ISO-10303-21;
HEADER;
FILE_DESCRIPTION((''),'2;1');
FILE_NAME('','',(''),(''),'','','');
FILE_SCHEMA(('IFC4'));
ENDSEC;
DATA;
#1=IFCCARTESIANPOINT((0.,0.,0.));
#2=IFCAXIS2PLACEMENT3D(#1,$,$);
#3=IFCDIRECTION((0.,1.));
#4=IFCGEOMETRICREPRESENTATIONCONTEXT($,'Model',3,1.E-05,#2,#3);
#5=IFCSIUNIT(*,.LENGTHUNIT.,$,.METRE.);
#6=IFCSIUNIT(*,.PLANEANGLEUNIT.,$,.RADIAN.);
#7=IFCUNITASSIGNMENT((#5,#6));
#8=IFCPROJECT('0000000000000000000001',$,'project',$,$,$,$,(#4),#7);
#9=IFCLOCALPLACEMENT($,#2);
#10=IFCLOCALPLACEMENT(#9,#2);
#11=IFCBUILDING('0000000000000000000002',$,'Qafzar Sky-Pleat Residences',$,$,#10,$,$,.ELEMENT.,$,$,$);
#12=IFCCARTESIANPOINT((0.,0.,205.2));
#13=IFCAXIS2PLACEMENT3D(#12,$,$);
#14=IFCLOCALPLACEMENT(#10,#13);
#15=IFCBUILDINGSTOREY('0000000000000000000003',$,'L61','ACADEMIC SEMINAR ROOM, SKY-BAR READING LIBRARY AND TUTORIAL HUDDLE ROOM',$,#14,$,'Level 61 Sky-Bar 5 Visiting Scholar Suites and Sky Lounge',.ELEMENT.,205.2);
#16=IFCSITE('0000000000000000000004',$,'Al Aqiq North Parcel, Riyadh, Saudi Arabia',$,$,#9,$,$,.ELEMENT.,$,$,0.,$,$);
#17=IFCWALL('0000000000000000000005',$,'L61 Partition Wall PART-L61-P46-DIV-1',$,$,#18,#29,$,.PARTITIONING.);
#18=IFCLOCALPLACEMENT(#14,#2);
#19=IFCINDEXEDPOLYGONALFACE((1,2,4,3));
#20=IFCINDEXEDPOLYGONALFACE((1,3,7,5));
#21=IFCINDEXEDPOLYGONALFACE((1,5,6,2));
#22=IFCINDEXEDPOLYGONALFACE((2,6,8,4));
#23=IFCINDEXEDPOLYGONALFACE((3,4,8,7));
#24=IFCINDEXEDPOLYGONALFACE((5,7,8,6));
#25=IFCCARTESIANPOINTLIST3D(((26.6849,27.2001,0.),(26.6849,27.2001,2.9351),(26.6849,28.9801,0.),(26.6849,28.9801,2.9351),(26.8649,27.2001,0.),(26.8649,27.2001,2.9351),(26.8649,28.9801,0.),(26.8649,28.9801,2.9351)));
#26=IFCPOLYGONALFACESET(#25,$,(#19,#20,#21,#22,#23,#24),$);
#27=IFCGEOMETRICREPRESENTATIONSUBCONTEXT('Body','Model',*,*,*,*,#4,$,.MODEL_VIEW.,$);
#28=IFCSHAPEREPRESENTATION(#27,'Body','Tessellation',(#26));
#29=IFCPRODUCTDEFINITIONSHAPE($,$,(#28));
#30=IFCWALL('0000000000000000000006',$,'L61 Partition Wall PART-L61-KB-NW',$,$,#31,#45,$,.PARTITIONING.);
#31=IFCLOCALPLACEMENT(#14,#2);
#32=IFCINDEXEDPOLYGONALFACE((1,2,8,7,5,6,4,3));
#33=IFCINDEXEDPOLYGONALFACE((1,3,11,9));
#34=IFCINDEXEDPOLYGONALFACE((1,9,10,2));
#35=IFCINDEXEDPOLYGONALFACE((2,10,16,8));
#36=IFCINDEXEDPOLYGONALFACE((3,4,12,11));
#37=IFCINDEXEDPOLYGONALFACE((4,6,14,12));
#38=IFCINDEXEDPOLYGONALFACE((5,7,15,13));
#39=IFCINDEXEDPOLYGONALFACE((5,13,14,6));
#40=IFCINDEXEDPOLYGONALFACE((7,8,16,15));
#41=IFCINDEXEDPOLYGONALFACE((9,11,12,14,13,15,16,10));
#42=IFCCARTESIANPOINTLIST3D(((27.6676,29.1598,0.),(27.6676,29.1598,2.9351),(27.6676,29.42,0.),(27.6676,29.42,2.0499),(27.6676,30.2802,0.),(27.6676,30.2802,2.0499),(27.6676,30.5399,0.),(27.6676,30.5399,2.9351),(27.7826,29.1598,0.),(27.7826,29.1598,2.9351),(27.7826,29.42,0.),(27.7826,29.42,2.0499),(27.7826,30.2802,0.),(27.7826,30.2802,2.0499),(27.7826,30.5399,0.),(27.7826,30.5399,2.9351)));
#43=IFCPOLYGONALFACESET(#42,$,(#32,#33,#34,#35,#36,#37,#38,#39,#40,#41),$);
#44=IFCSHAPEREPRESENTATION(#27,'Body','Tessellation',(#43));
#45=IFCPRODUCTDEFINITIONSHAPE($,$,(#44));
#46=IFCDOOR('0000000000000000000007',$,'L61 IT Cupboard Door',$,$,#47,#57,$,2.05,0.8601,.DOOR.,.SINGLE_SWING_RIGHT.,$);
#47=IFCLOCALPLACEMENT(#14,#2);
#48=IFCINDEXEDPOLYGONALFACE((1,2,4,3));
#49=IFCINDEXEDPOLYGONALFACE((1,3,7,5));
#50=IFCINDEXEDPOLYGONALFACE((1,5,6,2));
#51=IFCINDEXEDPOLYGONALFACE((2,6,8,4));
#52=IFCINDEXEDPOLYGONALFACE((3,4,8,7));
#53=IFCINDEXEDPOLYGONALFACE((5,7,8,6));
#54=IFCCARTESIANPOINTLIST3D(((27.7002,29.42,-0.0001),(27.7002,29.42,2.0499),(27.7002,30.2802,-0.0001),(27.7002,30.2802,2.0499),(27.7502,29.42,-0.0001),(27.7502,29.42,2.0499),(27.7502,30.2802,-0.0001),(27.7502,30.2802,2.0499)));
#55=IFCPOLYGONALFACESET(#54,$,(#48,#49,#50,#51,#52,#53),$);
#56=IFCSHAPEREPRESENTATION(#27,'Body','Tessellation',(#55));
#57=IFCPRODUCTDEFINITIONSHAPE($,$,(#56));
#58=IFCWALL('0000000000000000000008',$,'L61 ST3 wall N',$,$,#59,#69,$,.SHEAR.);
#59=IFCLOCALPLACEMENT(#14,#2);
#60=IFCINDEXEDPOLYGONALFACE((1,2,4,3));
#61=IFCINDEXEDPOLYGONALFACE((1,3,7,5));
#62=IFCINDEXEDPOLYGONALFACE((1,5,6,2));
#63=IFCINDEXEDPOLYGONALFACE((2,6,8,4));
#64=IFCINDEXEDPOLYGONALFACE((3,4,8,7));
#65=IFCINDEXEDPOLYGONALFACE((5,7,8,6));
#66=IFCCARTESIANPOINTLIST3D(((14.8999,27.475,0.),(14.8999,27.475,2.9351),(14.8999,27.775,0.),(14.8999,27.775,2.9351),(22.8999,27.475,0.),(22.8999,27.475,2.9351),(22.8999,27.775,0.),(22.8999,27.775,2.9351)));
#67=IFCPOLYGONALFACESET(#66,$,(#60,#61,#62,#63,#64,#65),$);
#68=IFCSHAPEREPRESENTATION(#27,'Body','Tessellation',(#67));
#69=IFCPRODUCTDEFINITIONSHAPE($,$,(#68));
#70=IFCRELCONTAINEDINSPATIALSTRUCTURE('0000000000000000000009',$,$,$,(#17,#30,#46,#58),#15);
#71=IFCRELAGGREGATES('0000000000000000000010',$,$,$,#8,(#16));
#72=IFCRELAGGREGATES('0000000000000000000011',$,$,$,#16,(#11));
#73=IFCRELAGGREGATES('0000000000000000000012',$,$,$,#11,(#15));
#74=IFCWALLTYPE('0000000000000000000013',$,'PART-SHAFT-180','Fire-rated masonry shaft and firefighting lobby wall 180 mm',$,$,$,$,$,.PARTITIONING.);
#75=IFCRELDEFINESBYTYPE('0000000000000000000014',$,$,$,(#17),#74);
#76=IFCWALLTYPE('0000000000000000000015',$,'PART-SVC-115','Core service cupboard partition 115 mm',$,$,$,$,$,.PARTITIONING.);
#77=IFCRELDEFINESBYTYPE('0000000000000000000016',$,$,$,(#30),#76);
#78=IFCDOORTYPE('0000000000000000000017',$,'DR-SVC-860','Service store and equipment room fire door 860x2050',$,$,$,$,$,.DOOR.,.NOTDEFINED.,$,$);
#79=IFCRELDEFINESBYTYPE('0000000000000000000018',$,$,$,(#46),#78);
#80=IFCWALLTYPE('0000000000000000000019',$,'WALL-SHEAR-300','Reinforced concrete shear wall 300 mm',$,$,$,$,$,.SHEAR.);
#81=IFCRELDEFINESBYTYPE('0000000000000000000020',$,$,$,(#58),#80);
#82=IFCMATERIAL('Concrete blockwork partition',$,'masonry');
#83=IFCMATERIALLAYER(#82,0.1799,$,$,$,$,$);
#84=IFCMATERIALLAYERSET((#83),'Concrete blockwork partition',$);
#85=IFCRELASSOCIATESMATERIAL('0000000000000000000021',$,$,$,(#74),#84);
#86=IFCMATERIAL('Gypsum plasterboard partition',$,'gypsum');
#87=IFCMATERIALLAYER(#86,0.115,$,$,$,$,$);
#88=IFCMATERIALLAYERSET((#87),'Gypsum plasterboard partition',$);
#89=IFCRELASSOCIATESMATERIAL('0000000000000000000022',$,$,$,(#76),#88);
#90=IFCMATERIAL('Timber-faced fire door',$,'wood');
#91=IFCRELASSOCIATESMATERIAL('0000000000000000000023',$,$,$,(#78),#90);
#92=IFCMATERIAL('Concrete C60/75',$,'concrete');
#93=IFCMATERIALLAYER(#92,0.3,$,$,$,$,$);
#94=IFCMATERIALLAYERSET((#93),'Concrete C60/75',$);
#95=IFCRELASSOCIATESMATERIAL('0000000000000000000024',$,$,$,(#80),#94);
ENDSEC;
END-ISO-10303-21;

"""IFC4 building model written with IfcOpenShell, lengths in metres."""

from ifc_helpers import new_model, si_unit, direction, frame, frame_2d, origin, place, context, subcontext, project, spatial, rectangle, extrude, source, transform, mapped, material, layer, layer_set, type_object, element, fill, save


model = new_model("IFC4")

# Units and contexts
model_context = context("Model", 3, precision=1e-05, world=origin(), true_north=direction((0.0, 1.0)))
body_context = subcontext(model_context, "Body", "Model", "MODEL_VIEW")
ifc_project = project(units=[si_unit("LENGTHUNIT", "METRE"), si_unit("PLANEANGLEUNIT", "RADIAN")], contexts=[model_context])

# Site, building, storey
site_placement = place(None, origin())
site = spatial("IfcSite", under=ifc_project, at=site_placement, Name="Al Aqiq North Parcel, Riyadh, Saudi Arabia", CompositionType="ELEMENT", RefElevation=0.0)
building_placement = place(site_placement, origin())
building = spatial("IfcBuilding", under=site, at=building_placement, Name="Qafzar Sky-Pleat Residences", CompositionType="ELEMENT")
storey_placement = place(building_placement, frame((0.0, 0.0, 205.2)))
storey = spatial("IfcBuildingStorey", under=building, at=storey_placement, Name="L61", Description="ACADEMIC SEMINAR ROOM, SKY-BAR READING LIBRARY AND TUTORIAL HUDDLE ROOM", LongName="Level 61 Sky-Bar 5 Visiting Scholar Suites and Sky Lounge", CompositionType="ELEMENT", Elevation=205.2)

# Shared definitions
ifc_material_1 = material(Name="Timber-faced fire door", Category="wood")

# Shared definitions
ifc_material_2 = material(Name="Concrete blockwork partition", Category="masonry")
ifc_layer_1 = layer(ifc_material_2, 0.1799)
ifc_layer_set_1 = layer_set([ifc_layer_1], Name="Concrete blockwork partition")
wall_type_1 = type_object("IfcWallType", Name="PART-SHAFT-180", Description="Fire-rated masonry shaft and firefighting lobby wall 180 mm", PredefinedType="PARTITIONING", material=ifc_layer_set_1)

# Wall
wall_1_placement = place(storey_placement, frame((26.7749, 27.2, 0.0), z_axis=(0.0, 0.0, 1.0), x_axis=(0.0, 1.0, 0.0)))
element("IfcWall", 1, at=wall_1_placement, inside=storey, type_object=wall_type_1, Name="L61 Partition Wall PART-L61-P46-DIV-1", PredefinedType="PARTITIONING", context=body_context, shape_type="SweptSolid", body=[
    extrude(rectangle(XDim=1.78, YDim=0.1799, at=frame_2d((0.8901, 0.0))), origin(), (0.0, 0.0, 1.0), 2.9351),
])

# Wall, opening, door
ifc_material_3 = material(Name="Gypsum plasterboard partition", Category="gypsum")
ifc_layer_2 = layer(ifc_material_3, 0.115)
ifc_layer_set_2 = layer_set([ifc_layer_2], Name="Gypsum plasterboard partition")
wall_type_2 = type_object("IfcWallType", Name="PART-SVC-115", Description="Core service cupboard partition 115 mm", PredefinedType="PARTITIONING", material=ifc_layer_set_2)
wall_2_placement = place(storey_placement, frame((27.7251, 29.1599, 0.0), z_axis=(0.0, 0.0, 1.0), x_axis=(0.0, 1.0, 0.0)))
wall_2 = element("IfcWall", 2, at=wall_2_placement, inside=storey, type_object=wall_type_2, Name="L61 Partition Wall PART-L61-KB-NW", PredefinedType="PARTITIONING", context=body_context, shape_type="SweptSolid", body=[
    extrude(rectangle(XDim=1.3801, YDim=0.115, at=frame_2d((0.6899, 0.0))), origin(), (0.0, 0.0, 1.0), 2.9351),
])
opening_1_placement = place(wall_2_placement, frame((0.26, 0.0, 0.0)))
opening_1 = element("IfcOpeningElement", 3, at=opening_1_placement, cuts=wall_2, PredefinedType="OPENING", context=body_context, shape_type="SweptSolid", body=[
    extrude(rectangle(XDim=0.8601, YDim=2.05, at=frame_2d((0.4302, 1.0249))), frame((0.0, 0.0674, 0.0), z_axis=(0.0, -1.0, 0.0), x_axis=(1.0, 0.0, 0.0)), (0.0, 0.0, 1.0), 0.135),
])
door_type_1 = type_object("IfcDoorType", Name="DR-SVC-860", Description="Service store and equipment room fire door 860x2050", OperationType="NOTDEFINED", PredefinedType="DOOR", material=ifc_material_1)
shared_shape_1 = source(origin(), body_context, "Body", "SweptSolid", [
    extrude(rectangle(XDim=0.8601, YDim=2.05, at=frame_2d((0.4302, 1.0249))), frame((0.0, 0.0249, 0.0), z_axis=(0.0, -1.0, 0.0), x_axis=(1.0, 0.0, 0.0)), (0.0, 0.0, 1.0), 0.05),
])
door_1_placement = place(opening_1_placement, origin())
door_1 = element("IfcDoor", 4, at=door_1_placement, inside=storey, type_object=door_type_1, Name="L61 IT Cupboard Door", OperationType="SINGLE_SWING_RIGHT", OverallHeight=2.05, OverallWidth=0.8601, PredefinedType="DOOR", context=body_context, shape_type="MappedRepresentation", body=[
    mapped(shared_shape_1, transform((0.0, 0.0, 0.0), x_axis=(1.0, 0.0, 0.0), y_axis=(0.0, 1.0, 0.0), z_axis=(0.0, 0.0, 1.0), scale=1.0)),
])
fill(opening_1, door_1)

# Wall
ifc_material_4 = material(Name="Concrete C60/75", Category="concrete")
ifc_layer_3 = layer(ifc_material_4, 0.3)
ifc_layer_set_3 = layer_set([ifc_layer_3], Name="Concrete C60/75")
wall_type_3 = type_object("IfcWallType", Name="WALL-SHEAR-300", Description="Reinforced concrete shear wall 300 mm", PredefinedType="SHEAR", material=ifc_layer_set_3)
wall_3_placement = place(storey_placement, frame((22.8999, 27.625, 0.0), z_axis=(0.0, 0.0, 1.0), x_axis=(-1.0, 0.0, 0.0)))
element("IfcWall", 5, at=wall_3_placement, inside=storey, type_object=wall_type_3, Name="L61 ST3 wall N", PredefinedType="SHEAR", context=body_context, shape_type="SweptSolid", body=[
    extrude(rectangle(XDim=8.0, YDim=0.3, at=frame_2d((4.0, 0.0))), origin(), (0.0, 0.0, 1.0), 2.9351),
])

save(model, "model.ifc")
